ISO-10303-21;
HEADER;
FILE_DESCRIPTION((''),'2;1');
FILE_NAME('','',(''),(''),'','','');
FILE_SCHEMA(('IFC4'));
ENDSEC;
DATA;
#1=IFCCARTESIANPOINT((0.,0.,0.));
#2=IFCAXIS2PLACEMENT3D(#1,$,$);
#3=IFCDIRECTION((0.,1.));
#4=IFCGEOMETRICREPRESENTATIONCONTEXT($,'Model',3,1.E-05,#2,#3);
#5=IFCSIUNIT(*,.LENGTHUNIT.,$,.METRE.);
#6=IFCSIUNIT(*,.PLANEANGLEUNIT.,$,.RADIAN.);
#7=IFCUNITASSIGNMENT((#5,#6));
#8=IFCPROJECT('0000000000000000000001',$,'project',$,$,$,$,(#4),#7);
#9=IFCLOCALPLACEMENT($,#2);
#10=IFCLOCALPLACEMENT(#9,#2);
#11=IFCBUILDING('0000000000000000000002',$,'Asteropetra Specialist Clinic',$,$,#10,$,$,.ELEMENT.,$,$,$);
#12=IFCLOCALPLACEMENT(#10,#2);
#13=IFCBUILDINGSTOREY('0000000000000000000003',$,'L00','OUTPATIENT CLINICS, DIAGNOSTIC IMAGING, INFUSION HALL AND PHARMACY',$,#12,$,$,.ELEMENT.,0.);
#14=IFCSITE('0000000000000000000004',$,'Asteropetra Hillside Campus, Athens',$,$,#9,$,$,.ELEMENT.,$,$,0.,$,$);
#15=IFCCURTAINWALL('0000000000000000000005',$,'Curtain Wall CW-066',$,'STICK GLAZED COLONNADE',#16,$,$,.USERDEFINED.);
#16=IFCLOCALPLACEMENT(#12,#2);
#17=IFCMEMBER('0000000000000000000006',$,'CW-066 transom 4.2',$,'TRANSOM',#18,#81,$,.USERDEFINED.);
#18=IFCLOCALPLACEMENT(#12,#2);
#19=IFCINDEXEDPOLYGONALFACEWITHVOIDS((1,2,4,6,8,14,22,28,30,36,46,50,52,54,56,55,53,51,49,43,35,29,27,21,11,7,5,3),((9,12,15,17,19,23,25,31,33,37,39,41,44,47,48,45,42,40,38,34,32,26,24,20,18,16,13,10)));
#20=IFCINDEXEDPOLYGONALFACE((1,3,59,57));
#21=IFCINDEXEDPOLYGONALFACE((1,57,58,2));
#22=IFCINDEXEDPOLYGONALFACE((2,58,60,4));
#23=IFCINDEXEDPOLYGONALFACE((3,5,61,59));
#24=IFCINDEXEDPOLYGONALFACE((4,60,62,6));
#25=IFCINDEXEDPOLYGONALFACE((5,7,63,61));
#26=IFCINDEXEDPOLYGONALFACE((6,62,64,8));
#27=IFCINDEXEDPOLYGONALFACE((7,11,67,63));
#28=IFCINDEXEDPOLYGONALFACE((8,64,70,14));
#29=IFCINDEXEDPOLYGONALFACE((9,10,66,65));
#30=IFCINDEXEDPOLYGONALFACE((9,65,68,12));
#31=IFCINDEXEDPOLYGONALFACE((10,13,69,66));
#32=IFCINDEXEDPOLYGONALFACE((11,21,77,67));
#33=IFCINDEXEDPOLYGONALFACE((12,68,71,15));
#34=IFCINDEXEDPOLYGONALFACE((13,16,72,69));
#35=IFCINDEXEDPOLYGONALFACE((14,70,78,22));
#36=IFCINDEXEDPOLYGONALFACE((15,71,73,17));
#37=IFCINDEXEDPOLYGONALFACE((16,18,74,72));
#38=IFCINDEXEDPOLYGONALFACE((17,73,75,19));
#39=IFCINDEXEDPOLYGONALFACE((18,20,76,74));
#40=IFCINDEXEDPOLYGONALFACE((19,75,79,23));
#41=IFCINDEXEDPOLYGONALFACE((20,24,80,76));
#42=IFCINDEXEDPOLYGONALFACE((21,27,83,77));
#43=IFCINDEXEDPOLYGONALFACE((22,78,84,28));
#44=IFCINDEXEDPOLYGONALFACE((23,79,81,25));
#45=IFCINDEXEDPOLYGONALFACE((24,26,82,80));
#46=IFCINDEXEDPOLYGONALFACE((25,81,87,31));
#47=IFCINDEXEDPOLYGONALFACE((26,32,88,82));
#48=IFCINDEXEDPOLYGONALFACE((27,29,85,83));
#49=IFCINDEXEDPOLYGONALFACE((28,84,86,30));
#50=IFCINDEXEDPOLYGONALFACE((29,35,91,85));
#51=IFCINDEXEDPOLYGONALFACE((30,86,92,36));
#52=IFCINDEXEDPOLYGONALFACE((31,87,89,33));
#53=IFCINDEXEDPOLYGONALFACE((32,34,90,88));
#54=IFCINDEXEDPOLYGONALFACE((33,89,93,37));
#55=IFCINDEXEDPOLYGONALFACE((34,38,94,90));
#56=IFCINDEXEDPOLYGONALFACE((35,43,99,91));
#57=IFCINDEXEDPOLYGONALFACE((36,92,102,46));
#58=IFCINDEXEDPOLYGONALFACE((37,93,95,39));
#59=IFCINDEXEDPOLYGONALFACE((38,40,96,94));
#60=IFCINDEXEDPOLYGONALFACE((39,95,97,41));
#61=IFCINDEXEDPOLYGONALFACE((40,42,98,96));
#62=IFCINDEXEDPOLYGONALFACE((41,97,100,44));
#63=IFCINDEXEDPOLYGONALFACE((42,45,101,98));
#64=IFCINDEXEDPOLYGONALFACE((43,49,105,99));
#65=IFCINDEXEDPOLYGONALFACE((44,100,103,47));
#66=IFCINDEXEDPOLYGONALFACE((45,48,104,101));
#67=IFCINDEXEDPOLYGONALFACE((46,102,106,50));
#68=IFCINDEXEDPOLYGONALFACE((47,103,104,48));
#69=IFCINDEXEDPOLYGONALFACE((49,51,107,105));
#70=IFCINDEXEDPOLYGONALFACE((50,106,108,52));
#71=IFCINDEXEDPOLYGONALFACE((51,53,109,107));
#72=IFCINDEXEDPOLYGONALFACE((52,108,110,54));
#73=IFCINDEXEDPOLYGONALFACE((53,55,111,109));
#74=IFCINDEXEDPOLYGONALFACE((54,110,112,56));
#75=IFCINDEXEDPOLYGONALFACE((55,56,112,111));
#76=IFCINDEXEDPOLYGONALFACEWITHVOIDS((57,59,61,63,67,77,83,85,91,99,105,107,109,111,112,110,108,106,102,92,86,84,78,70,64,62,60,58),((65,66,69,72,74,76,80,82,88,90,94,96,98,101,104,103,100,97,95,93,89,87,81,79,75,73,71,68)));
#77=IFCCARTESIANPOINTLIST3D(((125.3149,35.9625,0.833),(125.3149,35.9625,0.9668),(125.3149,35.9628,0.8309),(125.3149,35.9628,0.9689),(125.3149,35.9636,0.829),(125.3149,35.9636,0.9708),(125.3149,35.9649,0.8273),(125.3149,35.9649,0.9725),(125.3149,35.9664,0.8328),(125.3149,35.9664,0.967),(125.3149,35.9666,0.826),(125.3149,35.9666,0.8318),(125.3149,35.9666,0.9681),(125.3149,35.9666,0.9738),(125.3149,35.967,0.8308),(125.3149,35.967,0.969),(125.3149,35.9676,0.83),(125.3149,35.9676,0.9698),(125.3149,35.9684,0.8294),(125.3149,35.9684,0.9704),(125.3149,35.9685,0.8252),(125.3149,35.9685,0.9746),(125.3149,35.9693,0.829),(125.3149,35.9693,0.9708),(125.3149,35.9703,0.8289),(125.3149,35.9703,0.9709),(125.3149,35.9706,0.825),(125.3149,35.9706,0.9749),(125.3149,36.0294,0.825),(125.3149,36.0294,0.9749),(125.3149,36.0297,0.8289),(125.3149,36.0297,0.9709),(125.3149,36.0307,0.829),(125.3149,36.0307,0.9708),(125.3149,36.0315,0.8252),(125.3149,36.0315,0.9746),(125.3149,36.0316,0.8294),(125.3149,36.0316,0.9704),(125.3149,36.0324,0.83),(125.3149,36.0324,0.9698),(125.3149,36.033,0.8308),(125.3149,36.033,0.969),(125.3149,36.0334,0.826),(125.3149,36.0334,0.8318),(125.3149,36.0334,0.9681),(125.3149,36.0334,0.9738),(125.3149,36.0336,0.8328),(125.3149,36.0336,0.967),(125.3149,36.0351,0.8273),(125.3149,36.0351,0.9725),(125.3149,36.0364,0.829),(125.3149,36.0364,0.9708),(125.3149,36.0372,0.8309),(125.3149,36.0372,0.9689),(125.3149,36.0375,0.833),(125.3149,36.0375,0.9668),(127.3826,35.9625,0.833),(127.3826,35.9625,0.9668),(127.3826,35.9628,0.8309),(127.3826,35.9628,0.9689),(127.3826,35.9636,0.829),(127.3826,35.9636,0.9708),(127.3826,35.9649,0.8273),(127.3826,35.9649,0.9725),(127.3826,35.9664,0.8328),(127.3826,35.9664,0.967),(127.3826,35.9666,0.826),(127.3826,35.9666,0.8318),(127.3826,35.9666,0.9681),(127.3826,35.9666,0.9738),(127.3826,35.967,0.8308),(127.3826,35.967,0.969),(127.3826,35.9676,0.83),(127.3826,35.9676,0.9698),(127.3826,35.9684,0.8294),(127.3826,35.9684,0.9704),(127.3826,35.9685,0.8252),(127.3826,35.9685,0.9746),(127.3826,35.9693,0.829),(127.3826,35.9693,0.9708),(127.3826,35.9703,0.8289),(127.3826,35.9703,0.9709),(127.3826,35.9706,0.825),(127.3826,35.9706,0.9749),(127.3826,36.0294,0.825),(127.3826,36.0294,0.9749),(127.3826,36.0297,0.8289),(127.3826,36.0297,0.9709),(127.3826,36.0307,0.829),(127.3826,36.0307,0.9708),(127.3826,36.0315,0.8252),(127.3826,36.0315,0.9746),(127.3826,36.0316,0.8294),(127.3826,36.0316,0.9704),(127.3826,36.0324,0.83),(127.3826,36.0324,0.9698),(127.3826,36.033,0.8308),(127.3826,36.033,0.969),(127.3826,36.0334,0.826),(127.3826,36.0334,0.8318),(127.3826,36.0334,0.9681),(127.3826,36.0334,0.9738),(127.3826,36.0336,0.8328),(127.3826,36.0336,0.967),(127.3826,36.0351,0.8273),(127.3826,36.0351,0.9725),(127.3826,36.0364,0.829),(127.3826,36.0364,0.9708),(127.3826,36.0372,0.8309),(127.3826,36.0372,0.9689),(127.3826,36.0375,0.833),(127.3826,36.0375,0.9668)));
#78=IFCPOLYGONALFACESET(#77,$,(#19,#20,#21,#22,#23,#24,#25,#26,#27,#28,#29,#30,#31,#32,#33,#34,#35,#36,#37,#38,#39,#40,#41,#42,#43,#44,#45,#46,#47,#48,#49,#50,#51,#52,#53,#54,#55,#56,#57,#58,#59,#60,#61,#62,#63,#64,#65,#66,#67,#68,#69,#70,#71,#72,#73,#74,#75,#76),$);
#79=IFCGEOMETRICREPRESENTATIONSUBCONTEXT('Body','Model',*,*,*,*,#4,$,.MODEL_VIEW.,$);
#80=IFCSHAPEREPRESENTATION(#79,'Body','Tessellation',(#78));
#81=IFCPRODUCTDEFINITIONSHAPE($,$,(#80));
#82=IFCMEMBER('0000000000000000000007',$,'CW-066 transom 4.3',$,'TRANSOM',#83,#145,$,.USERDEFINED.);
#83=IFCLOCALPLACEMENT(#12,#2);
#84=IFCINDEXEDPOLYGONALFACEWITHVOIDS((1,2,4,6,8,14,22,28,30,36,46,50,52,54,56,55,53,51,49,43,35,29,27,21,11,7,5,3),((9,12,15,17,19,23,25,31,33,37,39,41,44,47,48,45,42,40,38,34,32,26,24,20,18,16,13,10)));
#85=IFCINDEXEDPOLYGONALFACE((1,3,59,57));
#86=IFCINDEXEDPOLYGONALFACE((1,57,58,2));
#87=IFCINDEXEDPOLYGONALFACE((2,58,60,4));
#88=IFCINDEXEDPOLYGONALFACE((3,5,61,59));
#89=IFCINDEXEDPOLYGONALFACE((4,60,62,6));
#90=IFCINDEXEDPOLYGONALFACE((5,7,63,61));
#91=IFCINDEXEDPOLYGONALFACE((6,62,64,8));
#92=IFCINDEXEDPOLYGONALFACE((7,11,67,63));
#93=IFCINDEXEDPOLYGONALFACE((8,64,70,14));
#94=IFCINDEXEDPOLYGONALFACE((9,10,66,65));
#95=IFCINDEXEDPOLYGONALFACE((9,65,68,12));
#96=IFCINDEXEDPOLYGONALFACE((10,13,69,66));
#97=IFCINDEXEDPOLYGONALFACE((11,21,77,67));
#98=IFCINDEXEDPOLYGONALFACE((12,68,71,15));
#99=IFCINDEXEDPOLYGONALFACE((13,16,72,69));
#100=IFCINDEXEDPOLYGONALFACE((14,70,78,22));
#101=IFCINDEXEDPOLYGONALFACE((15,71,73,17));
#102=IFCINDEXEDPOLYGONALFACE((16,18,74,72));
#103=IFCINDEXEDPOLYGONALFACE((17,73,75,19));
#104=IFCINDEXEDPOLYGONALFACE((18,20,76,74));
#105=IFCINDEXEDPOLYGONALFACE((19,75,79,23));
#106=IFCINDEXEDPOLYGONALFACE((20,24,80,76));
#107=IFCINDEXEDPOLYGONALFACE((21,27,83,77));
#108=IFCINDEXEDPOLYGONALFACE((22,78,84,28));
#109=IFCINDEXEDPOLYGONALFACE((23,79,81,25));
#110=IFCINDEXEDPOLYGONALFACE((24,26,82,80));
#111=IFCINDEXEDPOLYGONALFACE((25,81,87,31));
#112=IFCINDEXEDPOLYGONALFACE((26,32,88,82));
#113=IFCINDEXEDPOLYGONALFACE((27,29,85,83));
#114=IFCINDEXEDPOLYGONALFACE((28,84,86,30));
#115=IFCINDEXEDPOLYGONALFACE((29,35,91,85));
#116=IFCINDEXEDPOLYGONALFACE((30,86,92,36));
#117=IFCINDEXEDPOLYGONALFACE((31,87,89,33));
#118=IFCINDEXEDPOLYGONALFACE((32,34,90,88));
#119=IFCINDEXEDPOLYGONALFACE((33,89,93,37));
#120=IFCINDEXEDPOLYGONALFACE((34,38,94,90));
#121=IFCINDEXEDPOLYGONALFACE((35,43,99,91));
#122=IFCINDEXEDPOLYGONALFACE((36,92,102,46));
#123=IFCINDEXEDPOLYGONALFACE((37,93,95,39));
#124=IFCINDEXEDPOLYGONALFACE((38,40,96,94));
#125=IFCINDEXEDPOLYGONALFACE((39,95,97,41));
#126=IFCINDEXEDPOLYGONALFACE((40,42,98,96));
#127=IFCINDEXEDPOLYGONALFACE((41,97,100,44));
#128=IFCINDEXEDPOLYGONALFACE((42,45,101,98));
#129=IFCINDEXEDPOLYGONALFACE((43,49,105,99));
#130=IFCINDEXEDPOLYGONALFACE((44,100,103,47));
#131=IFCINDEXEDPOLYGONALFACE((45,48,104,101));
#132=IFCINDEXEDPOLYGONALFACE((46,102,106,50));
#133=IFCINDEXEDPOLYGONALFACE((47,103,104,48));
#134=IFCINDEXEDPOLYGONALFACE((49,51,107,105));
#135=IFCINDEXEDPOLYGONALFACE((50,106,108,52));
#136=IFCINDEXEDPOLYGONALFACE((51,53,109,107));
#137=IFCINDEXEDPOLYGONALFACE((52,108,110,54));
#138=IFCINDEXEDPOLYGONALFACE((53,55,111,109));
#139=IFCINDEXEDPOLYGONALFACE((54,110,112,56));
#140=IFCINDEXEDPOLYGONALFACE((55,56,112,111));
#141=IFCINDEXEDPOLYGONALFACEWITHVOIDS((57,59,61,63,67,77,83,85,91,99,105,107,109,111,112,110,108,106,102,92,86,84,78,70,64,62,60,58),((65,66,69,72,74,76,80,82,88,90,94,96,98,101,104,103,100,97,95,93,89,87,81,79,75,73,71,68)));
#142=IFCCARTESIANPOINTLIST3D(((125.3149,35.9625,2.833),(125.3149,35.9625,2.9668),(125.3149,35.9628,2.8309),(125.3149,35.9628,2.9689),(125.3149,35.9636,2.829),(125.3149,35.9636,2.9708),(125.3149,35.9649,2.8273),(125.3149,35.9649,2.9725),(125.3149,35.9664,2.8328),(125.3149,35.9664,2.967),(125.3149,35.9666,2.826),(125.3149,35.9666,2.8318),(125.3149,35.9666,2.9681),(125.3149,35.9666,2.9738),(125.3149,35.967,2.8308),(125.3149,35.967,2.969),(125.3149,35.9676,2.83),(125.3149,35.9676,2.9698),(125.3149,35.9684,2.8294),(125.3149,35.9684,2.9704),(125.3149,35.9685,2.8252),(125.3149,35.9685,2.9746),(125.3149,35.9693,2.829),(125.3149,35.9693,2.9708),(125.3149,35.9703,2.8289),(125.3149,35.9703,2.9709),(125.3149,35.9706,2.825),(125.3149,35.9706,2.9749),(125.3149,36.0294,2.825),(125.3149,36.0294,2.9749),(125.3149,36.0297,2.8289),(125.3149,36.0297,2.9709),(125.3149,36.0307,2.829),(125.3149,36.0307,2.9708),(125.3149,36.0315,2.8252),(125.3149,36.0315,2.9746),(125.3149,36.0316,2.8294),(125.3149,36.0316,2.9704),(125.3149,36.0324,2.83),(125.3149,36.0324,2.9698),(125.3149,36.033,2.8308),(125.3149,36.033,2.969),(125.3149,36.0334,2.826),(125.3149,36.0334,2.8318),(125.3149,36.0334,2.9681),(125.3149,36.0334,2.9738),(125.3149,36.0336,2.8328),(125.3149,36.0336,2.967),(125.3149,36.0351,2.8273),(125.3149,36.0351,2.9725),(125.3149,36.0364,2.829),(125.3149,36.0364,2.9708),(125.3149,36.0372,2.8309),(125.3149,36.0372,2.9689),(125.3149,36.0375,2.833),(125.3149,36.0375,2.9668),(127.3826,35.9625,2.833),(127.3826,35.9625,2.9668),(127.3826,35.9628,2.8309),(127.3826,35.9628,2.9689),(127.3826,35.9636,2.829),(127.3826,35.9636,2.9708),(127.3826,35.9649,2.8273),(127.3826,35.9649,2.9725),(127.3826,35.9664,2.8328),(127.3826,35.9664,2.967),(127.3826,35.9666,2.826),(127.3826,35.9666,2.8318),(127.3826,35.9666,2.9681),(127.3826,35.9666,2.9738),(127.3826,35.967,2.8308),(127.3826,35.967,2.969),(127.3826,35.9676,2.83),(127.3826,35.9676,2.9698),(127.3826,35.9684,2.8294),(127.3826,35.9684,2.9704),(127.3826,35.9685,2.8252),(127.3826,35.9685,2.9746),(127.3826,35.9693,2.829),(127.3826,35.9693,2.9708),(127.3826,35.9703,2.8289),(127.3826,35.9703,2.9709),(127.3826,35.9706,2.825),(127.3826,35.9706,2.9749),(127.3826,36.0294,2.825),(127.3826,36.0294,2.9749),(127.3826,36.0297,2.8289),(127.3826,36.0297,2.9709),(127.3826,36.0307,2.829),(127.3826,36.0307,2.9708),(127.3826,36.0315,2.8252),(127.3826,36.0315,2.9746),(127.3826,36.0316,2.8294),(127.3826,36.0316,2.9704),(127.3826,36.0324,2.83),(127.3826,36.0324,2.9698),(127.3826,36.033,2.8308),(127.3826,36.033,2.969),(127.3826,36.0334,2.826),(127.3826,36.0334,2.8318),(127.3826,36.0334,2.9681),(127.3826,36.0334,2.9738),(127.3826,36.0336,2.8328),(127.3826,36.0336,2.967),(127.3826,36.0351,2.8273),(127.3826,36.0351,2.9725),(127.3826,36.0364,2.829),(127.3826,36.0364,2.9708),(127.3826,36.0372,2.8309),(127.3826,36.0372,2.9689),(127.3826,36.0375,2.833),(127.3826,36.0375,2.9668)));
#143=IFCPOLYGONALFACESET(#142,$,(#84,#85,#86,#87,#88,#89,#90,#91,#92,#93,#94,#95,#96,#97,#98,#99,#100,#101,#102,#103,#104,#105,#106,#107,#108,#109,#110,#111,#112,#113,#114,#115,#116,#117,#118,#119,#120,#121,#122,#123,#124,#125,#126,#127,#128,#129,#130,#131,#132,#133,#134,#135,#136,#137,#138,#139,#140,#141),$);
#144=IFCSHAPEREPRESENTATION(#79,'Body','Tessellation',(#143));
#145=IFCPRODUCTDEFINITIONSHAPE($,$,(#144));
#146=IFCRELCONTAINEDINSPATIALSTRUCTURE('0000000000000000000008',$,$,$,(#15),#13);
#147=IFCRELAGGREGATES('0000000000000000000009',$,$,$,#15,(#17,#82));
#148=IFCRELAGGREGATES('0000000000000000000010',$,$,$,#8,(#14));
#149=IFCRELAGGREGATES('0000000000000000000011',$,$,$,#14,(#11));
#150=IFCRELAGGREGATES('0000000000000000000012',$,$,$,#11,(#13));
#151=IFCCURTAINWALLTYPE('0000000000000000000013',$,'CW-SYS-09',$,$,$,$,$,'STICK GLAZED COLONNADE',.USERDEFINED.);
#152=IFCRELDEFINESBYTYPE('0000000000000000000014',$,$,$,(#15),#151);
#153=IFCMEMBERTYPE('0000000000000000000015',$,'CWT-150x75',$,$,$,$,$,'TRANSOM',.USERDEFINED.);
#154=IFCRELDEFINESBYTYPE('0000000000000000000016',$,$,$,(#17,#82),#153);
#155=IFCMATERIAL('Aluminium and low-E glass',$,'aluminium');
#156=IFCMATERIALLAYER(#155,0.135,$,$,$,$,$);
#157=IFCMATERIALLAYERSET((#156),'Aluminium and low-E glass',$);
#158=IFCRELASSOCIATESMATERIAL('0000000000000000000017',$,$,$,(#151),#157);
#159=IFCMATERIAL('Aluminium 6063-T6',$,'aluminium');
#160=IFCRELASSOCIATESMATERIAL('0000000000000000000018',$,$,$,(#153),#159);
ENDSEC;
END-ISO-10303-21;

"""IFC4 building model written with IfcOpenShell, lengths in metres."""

from ifc_helpers import new_model, si_unit, direction, frame, origin, origin_2d, place, context, subcontext, project, spatial, hollow_rectangle, extrude, material, layer, layer_set, material_profile, profile_set, type_object, element, aggregate, save


model = new_model("IFC4")

# Units and contexts
model_context = context("Model", 3, precision=1e-05, world=origin(), true_north=direction((0.0, 1.0)))
body_context = subcontext(model_context, "Body", "Model", "MODEL_VIEW")
ifc_project = project(units=[si_unit("LENGTHUNIT", "METRE"), si_unit("PLANEANGLEUNIT", "RADIAN")], contexts=[model_context])

# Site, building, storey
site_placement = place(None, origin())
site = spatial("IfcSite", under=ifc_project, at=site_placement, Name="Asteropetra Hillside Campus, Athens", CompositionType="ELEMENT", RefElevation=0.0)
building_placement = place(site_placement, origin())
building = spatial("IfcBuilding", under=site, at=building_placement, Name="Asteropetra Specialist Clinic", CompositionType="ELEMENT")
storey_placement = place(building_placement, origin())
storey = spatial("IfcBuildingStorey", under=building, at=storey_placement, Name="L00", Description="OUTPATIENT CLINICS, DIAGNOSTIC IMAGING, INFUSION HALL AND PHARMACY", CompositionType="ELEMENT", Elevation=0.0)

# Curtain wall
ifc_material_1 = material(Name="Aluminium and low-E glass", Category="aluminium")
ifc_layer_1 = layer(ifc_material_1, 0.135)
ifc_layer_set_1 = layer_set([ifc_layer_1], Name="Aluminium and low-E glass")
curtain_wall_type_1 = type_object("IfcCurtainWallType", Name="CW-SYS-09", ElementType="STICK GLAZED COLONNADE", PredefinedType="USERDEFINED", material=ifc_layer_set_1)
curtain_wall_1_placement = place(storey_placement, origin())
curtain_wall_1 = element("IfcCurtainWall", 1, at=curtain_wall_1_placement, inside=storey, type_object=curtain_wall_type_1, Name="Curtain Wall CW-066", ObjectType="STICK GLAZED COLONNADE", PredefinedType="USERDEFINED")

# Members
ifc_material_2 = material(Name="Aluminium 6063-T6", Category="aluminium")
ifc_material_profile_1 = material_profile(ifc_material_2, hollow_rectangle(XDim=0.075, YDim=0.1499, WallThickness=0.0039, InnerFilletRadius=0.0039, OuterFilletRadius=0.0081, at=origin_2d()), Name="TRN 150x75x4.0")
ifc_profile_set_1 = profile_set([ifc_material_profile_1], Name="Aluminium 6063-T6")
member_type_1 = type_object("IfcMemberType", Name="CWT-150x75", ElementType="TRANSOM", PredefinedType="USERDEFINED", material=ifc_profile_set_1)
member_1_placement = place(storey_placement, frame((127.3826, 36.0, 0.8999), z_axis=(-1.0, 0.0, 0.0), x_axis=(0.0, -1.0, 0.0)))
member_1 = element("IfcMember", 2, at=member_1_placement, type_object=member_type_1, Name="CW-066 transom 4.2", ObjectType="TRANSOM", PredefinedType="USERDEFINED", context=body_context, shape_type="SweptSolid", body=[
    extrude(hollow_rectangle(XDim=0.075, YDim=0.1499, WallThickness=0.0039, InnerFilletRadius=0.0039, OuterFilletRadius=0.0081, at=origin_2d()), origin(), (0.0, 0.0, 1.0), 2.0676),
])
member_2_placement = place(storey_placement, frame((127.3826, 36.0, 2.8999), z_axis=(-1.0, 0.0, 0.0), x_axis=(0.0, -1.0, 0.0)))
member_2 = element("IfcMember", 3, at=member_2_placement, type_object=member_type_1, Name="CW-066 transom 4.3", ObjectType="TRANSOM", PredefinedType="USERDEFINED", context=body_context, shape_type="SweptSolid", body=[
    extrude(hollow_rectangle(XDim=0.075, YDim=0.1499, WallThickness=0.0039, InnerFilletRadius=0.0039, OuterFilletRadius=0.0081, at=origin_2d()), origin(), (0.0, 0.0, 1.0), 2.0676),
])

aggregate(curtain_wall_1, [member_1, member_2])

save(model, "model.ifc")
